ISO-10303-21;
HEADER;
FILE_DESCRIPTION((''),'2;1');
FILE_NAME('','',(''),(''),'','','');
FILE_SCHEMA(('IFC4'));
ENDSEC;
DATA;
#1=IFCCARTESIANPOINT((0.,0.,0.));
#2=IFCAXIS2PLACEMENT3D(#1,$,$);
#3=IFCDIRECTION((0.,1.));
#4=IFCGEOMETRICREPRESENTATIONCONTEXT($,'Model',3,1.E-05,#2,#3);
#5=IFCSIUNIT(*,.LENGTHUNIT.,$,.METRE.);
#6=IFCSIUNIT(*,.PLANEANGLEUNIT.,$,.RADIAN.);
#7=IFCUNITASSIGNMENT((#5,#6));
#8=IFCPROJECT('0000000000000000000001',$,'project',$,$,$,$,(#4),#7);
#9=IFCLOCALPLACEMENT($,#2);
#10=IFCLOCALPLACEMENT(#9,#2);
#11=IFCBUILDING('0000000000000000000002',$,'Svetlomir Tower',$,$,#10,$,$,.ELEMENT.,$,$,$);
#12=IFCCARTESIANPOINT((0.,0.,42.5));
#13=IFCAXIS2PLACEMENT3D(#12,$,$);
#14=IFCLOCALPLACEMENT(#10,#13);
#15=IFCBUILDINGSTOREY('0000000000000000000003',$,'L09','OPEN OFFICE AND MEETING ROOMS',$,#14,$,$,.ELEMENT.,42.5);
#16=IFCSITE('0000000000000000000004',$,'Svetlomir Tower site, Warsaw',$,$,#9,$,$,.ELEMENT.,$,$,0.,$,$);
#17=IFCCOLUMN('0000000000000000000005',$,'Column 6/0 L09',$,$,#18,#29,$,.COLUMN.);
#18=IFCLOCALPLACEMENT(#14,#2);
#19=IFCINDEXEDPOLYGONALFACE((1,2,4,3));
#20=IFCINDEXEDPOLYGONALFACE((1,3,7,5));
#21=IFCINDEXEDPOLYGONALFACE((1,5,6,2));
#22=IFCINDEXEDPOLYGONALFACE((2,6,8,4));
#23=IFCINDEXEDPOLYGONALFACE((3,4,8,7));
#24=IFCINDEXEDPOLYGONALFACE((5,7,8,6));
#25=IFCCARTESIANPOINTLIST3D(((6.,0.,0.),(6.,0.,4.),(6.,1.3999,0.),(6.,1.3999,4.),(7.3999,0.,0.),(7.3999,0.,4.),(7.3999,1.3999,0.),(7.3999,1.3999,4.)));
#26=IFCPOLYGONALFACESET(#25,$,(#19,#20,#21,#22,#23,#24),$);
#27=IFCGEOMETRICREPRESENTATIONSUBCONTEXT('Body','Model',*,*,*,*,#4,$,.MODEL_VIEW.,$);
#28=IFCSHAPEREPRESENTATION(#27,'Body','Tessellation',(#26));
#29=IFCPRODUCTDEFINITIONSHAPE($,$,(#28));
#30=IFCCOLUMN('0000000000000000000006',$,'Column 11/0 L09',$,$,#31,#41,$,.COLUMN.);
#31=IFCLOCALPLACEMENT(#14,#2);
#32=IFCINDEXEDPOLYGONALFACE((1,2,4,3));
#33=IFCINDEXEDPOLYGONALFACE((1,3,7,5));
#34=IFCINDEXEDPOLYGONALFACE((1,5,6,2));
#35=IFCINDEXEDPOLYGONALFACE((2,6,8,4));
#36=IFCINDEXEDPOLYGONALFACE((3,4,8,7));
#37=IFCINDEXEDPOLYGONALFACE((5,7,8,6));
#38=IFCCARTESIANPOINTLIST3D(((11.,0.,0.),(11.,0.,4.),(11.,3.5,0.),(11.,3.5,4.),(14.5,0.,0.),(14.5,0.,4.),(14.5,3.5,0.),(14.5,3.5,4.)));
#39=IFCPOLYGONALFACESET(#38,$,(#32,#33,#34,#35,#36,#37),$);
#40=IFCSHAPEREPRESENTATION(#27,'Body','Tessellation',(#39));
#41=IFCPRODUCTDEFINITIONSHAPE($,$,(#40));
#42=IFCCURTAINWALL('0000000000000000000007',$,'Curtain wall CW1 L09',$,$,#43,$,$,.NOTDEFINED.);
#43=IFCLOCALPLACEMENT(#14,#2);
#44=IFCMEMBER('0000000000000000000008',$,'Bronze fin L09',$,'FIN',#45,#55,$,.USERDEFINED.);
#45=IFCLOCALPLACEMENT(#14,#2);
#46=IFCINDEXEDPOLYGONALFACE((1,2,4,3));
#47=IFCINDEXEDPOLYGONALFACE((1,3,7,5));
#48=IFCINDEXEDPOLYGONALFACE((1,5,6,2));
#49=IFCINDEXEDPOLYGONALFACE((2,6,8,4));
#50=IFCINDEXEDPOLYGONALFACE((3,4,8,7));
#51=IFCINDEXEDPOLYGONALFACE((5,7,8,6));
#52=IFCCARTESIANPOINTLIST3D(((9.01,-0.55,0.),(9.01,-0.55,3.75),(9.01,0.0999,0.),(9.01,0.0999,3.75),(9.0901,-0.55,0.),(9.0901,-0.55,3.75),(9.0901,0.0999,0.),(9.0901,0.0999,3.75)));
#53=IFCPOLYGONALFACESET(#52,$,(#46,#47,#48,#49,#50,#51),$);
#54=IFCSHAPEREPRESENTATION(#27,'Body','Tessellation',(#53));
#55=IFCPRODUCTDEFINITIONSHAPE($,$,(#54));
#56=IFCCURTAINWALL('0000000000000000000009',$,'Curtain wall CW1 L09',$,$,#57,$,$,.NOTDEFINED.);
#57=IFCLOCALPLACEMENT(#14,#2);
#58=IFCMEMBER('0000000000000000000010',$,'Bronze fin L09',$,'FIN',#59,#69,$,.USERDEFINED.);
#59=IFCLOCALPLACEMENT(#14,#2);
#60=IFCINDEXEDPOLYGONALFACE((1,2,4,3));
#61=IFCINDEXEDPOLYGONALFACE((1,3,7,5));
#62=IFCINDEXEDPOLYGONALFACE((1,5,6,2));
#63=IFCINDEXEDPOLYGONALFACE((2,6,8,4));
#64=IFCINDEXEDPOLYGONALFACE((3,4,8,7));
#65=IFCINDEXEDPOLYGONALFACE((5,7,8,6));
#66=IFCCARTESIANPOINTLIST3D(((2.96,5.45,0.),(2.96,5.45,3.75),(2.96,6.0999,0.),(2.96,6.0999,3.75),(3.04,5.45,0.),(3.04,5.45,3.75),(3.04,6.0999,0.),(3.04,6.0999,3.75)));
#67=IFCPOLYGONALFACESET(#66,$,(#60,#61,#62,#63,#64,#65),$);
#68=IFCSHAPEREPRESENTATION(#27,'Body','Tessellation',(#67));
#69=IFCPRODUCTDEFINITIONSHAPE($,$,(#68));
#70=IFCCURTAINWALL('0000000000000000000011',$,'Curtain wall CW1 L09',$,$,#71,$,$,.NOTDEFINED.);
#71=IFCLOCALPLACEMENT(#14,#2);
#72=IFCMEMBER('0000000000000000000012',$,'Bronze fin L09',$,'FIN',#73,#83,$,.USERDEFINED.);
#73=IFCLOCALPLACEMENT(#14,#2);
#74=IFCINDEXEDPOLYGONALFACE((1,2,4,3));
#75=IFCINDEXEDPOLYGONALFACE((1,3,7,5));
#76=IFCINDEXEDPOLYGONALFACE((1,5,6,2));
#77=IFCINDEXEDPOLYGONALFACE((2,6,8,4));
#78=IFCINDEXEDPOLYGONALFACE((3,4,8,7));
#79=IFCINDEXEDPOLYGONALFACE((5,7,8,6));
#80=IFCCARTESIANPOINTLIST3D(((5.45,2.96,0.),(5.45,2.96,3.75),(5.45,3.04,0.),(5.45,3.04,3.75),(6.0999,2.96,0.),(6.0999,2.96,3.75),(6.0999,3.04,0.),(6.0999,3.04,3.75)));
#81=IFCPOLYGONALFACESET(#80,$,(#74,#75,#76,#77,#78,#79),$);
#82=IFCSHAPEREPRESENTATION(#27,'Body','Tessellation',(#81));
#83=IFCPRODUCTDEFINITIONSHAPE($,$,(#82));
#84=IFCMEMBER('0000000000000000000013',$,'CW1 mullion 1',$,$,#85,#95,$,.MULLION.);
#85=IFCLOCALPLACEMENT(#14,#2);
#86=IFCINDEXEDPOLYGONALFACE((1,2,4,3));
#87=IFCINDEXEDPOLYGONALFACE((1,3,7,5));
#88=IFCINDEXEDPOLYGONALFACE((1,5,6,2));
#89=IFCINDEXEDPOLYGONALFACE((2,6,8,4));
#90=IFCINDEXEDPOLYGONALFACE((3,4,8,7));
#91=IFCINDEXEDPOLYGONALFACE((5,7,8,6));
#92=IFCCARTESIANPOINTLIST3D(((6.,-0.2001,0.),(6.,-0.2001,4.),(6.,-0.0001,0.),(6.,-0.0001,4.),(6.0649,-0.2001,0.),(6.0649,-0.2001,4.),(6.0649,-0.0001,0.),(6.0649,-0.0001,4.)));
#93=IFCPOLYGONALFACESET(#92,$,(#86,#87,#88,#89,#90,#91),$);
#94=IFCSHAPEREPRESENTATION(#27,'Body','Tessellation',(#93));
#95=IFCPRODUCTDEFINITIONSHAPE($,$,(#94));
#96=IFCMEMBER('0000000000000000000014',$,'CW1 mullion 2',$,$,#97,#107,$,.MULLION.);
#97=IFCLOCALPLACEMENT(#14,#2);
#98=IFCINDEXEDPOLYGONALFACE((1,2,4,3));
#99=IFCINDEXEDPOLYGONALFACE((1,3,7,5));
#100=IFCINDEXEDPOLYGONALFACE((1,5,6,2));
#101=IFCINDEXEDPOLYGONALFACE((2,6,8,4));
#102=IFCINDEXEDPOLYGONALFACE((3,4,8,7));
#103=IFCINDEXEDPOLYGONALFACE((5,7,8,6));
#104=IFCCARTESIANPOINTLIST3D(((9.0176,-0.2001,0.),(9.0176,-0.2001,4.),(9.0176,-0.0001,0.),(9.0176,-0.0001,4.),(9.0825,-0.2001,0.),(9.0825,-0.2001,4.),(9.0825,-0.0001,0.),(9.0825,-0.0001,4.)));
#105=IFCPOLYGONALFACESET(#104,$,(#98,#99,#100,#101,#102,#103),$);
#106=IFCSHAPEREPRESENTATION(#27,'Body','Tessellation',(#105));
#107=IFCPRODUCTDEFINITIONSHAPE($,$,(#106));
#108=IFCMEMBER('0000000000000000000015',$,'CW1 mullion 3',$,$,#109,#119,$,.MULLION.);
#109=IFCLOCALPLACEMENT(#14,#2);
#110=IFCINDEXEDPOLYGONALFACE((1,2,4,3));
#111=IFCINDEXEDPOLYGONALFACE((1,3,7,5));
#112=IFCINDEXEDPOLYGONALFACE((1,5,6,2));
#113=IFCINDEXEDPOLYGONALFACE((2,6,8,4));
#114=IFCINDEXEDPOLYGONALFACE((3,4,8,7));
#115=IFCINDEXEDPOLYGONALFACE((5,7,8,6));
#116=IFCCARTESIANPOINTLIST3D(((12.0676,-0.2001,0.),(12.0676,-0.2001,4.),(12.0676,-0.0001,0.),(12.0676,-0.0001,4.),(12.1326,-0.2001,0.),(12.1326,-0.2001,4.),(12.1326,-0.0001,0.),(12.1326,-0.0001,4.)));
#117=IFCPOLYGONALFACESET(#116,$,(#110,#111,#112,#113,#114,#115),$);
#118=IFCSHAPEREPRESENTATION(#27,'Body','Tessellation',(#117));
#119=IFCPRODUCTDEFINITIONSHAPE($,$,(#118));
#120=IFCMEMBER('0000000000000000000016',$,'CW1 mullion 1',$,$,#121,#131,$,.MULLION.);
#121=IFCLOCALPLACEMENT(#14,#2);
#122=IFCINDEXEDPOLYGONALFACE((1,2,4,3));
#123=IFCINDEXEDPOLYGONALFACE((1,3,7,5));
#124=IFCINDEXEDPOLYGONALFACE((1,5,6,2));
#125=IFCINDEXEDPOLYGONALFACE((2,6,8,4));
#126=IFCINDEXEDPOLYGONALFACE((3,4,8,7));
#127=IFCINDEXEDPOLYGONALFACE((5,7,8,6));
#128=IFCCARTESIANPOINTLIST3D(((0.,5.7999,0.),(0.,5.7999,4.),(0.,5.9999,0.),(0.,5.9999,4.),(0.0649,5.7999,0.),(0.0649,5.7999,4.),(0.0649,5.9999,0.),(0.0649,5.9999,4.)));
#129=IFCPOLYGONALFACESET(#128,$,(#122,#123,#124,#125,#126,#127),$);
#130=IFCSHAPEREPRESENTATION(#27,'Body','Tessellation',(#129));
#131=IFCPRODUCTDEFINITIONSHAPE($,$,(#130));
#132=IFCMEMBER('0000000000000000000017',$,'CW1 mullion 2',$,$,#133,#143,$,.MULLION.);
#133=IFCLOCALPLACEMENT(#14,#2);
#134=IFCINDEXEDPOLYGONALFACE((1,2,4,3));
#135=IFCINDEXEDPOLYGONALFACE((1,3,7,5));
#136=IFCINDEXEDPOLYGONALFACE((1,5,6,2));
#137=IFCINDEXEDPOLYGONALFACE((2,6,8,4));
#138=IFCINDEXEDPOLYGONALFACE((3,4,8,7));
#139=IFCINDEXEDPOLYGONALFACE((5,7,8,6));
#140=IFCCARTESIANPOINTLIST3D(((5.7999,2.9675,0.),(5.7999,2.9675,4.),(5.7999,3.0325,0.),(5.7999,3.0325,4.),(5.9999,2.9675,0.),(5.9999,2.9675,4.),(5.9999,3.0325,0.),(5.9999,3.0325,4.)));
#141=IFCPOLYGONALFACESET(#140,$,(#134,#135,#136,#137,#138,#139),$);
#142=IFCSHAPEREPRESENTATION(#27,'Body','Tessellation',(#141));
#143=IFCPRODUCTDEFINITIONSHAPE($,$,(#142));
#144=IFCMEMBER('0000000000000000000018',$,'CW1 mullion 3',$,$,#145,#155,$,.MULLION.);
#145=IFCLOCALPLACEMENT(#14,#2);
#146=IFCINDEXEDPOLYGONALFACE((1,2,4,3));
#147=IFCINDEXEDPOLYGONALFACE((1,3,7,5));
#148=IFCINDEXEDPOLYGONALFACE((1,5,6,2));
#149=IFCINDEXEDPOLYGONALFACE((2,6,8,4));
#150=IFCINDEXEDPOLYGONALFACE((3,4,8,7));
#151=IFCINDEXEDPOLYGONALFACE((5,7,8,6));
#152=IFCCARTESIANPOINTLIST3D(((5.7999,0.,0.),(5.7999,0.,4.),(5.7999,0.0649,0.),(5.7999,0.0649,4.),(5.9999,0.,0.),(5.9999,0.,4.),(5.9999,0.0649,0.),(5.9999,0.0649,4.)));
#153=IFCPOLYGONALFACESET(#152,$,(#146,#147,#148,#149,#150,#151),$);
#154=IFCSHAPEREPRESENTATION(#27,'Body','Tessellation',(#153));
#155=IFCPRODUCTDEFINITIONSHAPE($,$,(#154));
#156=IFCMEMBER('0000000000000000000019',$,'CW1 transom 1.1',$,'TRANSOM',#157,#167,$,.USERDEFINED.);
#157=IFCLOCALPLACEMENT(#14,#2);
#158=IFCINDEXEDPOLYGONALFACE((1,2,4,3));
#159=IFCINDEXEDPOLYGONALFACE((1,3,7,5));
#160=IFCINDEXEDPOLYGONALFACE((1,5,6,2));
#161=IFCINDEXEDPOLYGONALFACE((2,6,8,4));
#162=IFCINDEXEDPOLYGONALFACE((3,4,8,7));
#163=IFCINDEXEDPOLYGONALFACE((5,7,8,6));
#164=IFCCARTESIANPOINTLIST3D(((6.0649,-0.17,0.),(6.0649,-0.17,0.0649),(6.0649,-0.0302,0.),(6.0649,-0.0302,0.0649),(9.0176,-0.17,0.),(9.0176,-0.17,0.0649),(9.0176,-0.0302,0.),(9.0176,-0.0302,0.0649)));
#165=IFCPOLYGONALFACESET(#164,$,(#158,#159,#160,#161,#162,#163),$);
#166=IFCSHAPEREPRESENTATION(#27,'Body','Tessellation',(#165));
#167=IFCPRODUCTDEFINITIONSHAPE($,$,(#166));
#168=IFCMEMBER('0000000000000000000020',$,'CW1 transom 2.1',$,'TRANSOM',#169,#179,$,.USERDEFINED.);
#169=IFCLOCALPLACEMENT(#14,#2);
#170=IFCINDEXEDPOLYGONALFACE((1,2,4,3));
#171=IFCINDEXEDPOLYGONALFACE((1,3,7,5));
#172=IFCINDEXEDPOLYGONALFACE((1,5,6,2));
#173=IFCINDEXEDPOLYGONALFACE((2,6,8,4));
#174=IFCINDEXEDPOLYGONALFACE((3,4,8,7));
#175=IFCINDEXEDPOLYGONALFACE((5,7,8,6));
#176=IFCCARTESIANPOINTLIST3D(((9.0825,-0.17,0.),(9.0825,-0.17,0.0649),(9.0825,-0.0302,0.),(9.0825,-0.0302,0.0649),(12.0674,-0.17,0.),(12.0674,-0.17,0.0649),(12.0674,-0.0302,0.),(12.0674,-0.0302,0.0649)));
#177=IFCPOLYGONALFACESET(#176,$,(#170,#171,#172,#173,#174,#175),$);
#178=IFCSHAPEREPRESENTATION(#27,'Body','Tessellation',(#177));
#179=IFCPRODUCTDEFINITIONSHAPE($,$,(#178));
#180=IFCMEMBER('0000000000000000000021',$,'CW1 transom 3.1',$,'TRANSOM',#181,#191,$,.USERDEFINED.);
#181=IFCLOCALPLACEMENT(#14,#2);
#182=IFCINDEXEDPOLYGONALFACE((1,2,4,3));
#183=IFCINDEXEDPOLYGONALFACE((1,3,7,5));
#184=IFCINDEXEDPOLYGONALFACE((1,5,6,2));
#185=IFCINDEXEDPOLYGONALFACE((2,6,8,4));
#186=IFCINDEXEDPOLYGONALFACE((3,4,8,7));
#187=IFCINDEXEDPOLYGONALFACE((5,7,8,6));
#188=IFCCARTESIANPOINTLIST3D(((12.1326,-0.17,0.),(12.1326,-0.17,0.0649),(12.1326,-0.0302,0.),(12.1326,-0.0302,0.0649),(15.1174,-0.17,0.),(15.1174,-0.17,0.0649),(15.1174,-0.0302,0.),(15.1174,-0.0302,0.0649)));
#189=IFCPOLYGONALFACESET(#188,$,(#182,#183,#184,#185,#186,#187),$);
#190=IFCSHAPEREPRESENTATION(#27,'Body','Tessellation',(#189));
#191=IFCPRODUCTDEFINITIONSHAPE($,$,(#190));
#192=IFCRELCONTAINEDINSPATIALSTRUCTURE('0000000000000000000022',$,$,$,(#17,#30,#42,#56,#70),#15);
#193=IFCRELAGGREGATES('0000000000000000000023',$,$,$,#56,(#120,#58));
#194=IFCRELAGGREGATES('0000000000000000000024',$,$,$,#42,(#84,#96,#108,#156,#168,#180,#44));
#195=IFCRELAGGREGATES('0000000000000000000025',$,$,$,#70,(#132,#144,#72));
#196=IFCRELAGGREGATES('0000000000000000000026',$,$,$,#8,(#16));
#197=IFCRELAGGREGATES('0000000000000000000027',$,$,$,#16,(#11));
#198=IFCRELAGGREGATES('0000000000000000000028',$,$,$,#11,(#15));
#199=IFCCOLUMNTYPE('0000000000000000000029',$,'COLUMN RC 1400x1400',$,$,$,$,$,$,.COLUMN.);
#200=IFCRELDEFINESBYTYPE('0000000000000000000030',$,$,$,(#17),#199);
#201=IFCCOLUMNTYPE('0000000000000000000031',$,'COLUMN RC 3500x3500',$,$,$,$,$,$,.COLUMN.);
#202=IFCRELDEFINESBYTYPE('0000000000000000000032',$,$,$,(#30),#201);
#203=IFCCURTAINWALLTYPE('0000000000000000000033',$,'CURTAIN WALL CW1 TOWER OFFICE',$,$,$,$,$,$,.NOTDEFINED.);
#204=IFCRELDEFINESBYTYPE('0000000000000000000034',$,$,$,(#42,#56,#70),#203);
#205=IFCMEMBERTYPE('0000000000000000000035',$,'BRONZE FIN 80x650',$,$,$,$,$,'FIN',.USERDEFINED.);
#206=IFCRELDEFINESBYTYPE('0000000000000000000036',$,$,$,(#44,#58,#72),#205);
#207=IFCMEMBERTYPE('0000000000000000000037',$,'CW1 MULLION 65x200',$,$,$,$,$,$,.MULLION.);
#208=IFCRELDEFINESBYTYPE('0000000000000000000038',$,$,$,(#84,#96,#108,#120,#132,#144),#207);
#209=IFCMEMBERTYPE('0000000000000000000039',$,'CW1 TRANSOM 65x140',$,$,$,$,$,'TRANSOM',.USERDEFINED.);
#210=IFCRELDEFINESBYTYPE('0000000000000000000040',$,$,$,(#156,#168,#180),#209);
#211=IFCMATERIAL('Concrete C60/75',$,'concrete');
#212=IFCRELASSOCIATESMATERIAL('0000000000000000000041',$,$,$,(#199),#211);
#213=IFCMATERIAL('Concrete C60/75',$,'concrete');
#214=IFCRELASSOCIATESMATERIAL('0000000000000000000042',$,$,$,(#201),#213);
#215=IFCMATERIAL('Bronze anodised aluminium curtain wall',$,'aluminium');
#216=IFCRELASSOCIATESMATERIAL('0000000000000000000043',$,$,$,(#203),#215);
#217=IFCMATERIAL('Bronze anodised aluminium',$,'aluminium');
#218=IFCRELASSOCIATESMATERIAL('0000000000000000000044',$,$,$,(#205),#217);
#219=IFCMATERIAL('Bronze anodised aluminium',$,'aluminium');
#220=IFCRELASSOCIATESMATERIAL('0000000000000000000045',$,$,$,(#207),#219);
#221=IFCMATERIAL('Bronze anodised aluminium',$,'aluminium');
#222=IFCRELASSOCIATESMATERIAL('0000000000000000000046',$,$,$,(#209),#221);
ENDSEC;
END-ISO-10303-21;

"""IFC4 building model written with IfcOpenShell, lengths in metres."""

from ifc_helpers import new_model, si_unit, direction, frame, origin, origin_2d, place, context, subcontext, project, spatial, rectangle, extrude, material, material_profile, profile_set, type_object, element, aggregate, save


model = new_model("IFC4")

# Units and contexts
model_context = context("Model", 3, precision=1e-05, world=origin(), true_north=direction((0.0, 1.0)))
body_context = subcontext(model_context, "Body", "Model", "MODEL_VIEW")
ifc_project = project(units=[si_unit("LENGTHUNIT", "METRE"), si_unit("PLANEANGLEUNIT", "RADIAN")], contexts=[model_context])

# Site, building, storey
site_placement = place(None, origin())
site = spatial("IfcSite", under=ifc_project, at=site_placement, Name="Svetlomir Tower site, Warsaw", CompositionType="ELEMENT", RefElevation=0.0)
building_placement = place(site_placement, origin())
building = spatial("IfcBuilding", under=site, at=building_placement, Name="Svetlomir Tower", CompositionType="ELEMENT")
storey_placement = place(building_placement, frame((0.0, 0.0, 42.5)))
storey = spatial("IfcBuildingStorey", under=building, at=storey_placement, Name="L09", Description="OPEN OFFICE AND MEETING ROOMS", CompositionType="ELEMENT", Elevation=42.5)

# Columns
ifc_material_1 = material(Name="Concrete C60/75", Category="concrete")
ifc_material_profile_1 = material_profile(ifc_material_1, rectangle(XDim=1.3999, YDim=1.3999, at=origin_2d()), Name="RC 1400x1400")
ifc_profile_set_1 = profile_set([ifc_material_profile_1], Name="Concrete C60/75")
column_type_1 = type_object("IfcColumnType", Name="COLUMN RC 1400x1400", PredefinedType="COLUMN", material=ifc_profile_set_1)
column_1_placement = place(storey_placement, frame((6.7, 0.7, 0.0), z_axis=(0.0, 0.0, 1.0), x_axis=(1.0, 0.0, 0.0)))
element("IfcColumn", 1, at=column_1_placement, inside=storey, type_object=column_type_1, Name="Column 6/0 L09", PredefinedType="COLUMN", context=body_context, shape_type="SweptSolid", body=[
    extrude(rectangle(XDim=1.3999, YDim=1.3999, at=origin_2d()), origin(), (0.0, 0.0, 1.0), 4.0),
])
ifc_material_2 = material(Name="Concrete C60/75", Category="concrete")
ifc_material_profile_2 = material_profile(ifc_material_2, rectangle(XDim=3.5, YDim=3.5, at=origin_2d()), Name="RC 3500x3500")
ifc_profile_set_2 = profile_set([ifc_material_profile_2], Name="Concrete C60/75")
column_type_2 = type_object("IfcColumnType", Name="COLUMN RC 3500x3500", PredefinedType="COLUMN", material=ifc_profile_set_2)
column_2_placement = place(storey_placement, frame((12.75, 1.75, 0.0), z_axis=(0.0, 0.0, 1.0), x_axis=(1.0, 0.0, 0.0)))
element("IfcColumn", 2, at=column_2_placement, inside=storey, type_object=column_type_2, Name="Column 11/0 L09", PredefinedType="COLUMN", context=body_context, shape_type="SweptSolid", body=[
    extrude(rectangle(XDim=3.5, YDim=3.5, at=origin_2d()), origin(), (0.0, 0.0, 1.0), 4.0),
])

# Curtain walls, members
ifc_material_3 = material(Name="Bronze anodised aluminium curtain wall", Category="aluminium")
curtain_wall_type = type_object("IfcCurtainWallType", Name="CURTAIN WALL CW1 TOWER OFFICE", PredefinedType="NOTDEFINED", material=ifc_material_3)
curtain_wall_1_placement = place(storey_placement, origin())
curtain_wall_1 = element("IfcCurtainWall", 3, at=curtain_wall_1_placement, inside=storey, type_object=curtain_wall_type, Name="Curtain wall CW1 L09", PredefinedType="NOTDEFINED")
ifc_material_4 = material(Name="Bronze anodised aluminium", Category="aluminium")
ifc_material_profile_3 = material_profile(ifc_material_4, rectangle(XDim=0.0801, YDim=0.6499, at=origin_2d()), Name="FIN 80x650")
ifc_profile_set_3 = profile_set([ifc_material_profile_3], Name="Bronze anodised aluminium 6063-T6")
member_type_1 = type_object("IfcMemberType", Name="BRONZE FIN 80x650", ElementType="FIN", PredefinedType="USERDEFINED", material=ifc_profile_set_3)
member_1_placement = place(storey_placement, frame((9.05, -0.2251, 0.0), z_axis=(0.0, 0.0, 1.0), x_axis=(1.0, 0.0, 0.0)))
member_1 = element("IfcMember", 4, at=member_1_placement, type_object=member_type_1, Name="Bronze fin L09", ObjectType="FIN", PredefinedType="USERDEFINED", context=body_context, shape_type="SweptSolid", body=[
    extrude(rectangle(XDim=0.0801, YDim=0.6499, at=origin_2d()), origin(), (0.0, 0.0, 1.0), 3.75),
])
curtain_wall_2_placement = place(storey_placement, origin())
curtain_wall_2 = element("IfcCurtainWall", 5, at=curtain_wall_2_placement, inside=storey, type_object=curtain_wall_type, Name="Curtain wall CW1 L09", PredefinedType="NOTDEFINED")
member_2_placement = place(storey_placement, frame((3.0, 5.7749, 0.0), z_axis=(0.0, 0.0, 1.0), x_axis=(1.0, 0.0, 0.0)))
member_2 = element("IfcMember", 6, at=member_2_placement, type_object=member_type_1, Name="Bronze fin L09", ObjectType="FIN", PredefinedType="USERDEFINED", context=body_context, shape_type="SweptSolid", body=[
    extrude(rectangle(XDim=0.0801, YDim=0.6499, at=origin_2d()), origin(), (0.0, 0.0, 1.0), 3.75),
])
curtain_wall_3_placement = place(storey_placement, origin())
curtain_wall_3 = element("IfcCurtainWall", 7, at=curtain_wall_3_placement, inside=storey, type_object=curtain_wall_type, Name="Curtain wall CW1 L09", PredefinedType="NOTDEFINED")
member_3_placement = place(storey_placement, frame((5.7749, 3.0, 0.0), z_axis=(0.0, 0.0, 1.0), x_axis=(0.0, 1.0, 0.0)))
member_3 = element("IfcMember", 8, at=member_3_placement, type_object=member_type_1, Name="Bronze fin L09", ObjectType="FIN", PredefinedType="USERDEFINED", context=body_context, shape_type="SweptSolid", body=[
    extrude(rectangle(XDim=0.0801, YDim=0.6499, at=origin_2d()), origin(), (0.0, 0.0, 1.0), 3.75),
])

# Members
ifc_material_5 = material(Name="Bronze anodised aluminium", Category="aluminium")
ifc_material_profile_4 = material_profile(ifc_material_5, rectangle(XDim=0.0649, YDim=0.2, at=origin_2d()), Name="AL 65x200")
ifc_profile_set_4 = profile_set([ifc_material_profile_4], Name="Bronze anodised aluminium 6063-T6")
member_type_2 = type_object("IfcMemberType", Name="CW1 MULLION 65x200", PredefinedType="MULLION", material=ifc_profile_set_4)
member_4_placement = place(storey_placement, frame((6.0325, -0.1001, 0.0), z_axis=(0.0, 0.0, 1.0), x_axis=(1.0, 0.0, 0.0)))
member_4 = element("IfcMember", 9, at=member_4_placement, type_object=member_type_2, Name="CW1 mullion 1", PredefinedType="MULLION", context=body_context, shape_type="SweptSolid", body=[
    extrude(rectangle(XDim=0.0649, YDim=0.2, at=origin_2d()), origin(), (0.0, 0.0, 1.0), 4.0),
])
member_5_placement = place(storey_placement, frame((9.05, -0.1001, 0.0), z_axis=(0.0, 0.0, 1.0), x_axis=(1.0, 0.0, 0.0)))
member_5 = element("IfcMember", 10, at=member_5_placement, type_object=member_type_2, Name="CW1 mullion 2", PredefinedType="MULLION", context=body_context, shape_type="SweptSolid", body=[
    extrude(rectangle(XDim=0.0649, YDim=0.2, at=origin_2d()), origin(), (0.0, 0.0, 1.0), 4.0),
])
member_6_placement = place(storey_placement, frame((12.1001, -0.1001, 0.0), z_axis=(0.0, 0.0, 1.0), x_axis=(1.0, 0.0, 0.0)))
member_6 = element("IfcMember", 11, at=member_6_placement, type_object=member_type_2, Name="CW1 mullion 3", PredefinedType="MULLION", context=body_context, shape_type="SweptSolid", body=[
    extrude(rectangle(XDim=0.0649, YDim=0.2, at=origin_2d()), origin(), (0.0, 0.0, 1.0), 4.0),
])
member_7_placement = place(storey_placement, frame((0.0325, 5.8999, 0.0), z_axis=(0.0, 0.0, 1.0), x_axis=(1.0, 0.0, 0.0)))
member_7 = element("IfcMember", 12, at=member_7_placement, type_object=member_type_2, Name="CW1 mullion 1", PredefinedType="MULLION", context=body_context, shape_type="SweptSolid", body=[
    extrude(rectangle(XDim=0.0649, YDim=0.2, at=origin_2d()), origin(), (0.0, 0.0, 1.0), 4.0),
])
aggregate(curtain_wall_2, [member_7, member_2])
member_8_placement = place(storey_placement, frame((5.8999, 3.0, 0.0), z_axis=(0.0, 0.0, 1.0), x_axis=(0.0, -1.0, 0.0)))
member_8 = element("IfcMember", 13, at=member_8_placement, type_object=member_type_2, Name="CW1 mullion 2", PredefinedType="MULLION", context=body_context, shape_type="SweptSolid", body=[
    extrude(rectangle(XDim=0.0649, YDim=0.2, at=origin_2d()), origin(), (0.0, 0.0, 1.0), 4.0),
])
member_9_placement = place(storey_placement, frame((5.8999, 0.0325, 0.0), z_axis=(0.0, 0.0, 1.0), x_axis=(0.0, -1.0, 0.0)))
member_9 = element("IfcMember", 14, at=member_9_placement, type_object=member_type_2, Name="CW1 mullion 3", PredefinedType="MULLION", context=body_context, shape_type="SweptSolid", body=[
    extrude(rectangle(XDim=0.0649, YDim=0.2, at=origin_2d()), origin(), (0.0, 0.0, 1.0), 4.0),
])
ifc_material_6 = material(Name="Bronze anodised aluminium", Category="aluminium")
ifc_material_profile_5 = material_profile(ifc_material_6, rectangle(XDim=0.1399, YDim=0.0649, at=origin_2d()), Name="AL 140x65")
ifc_profile_set_5 = profile_set([ifc_material_profile_5], Name="Bronze anodised aluminium 6063-T6")
member_type_3 = type_object("IfcMemberType", Name="CW1 TRANSOM 65x140", ElementType="TRANSOM", PredefinedType="USERDEFINED", material=ifc_profile_set_5)
member_10_placement = place(storey_placement, frame((6.0649, -0.1001, 0.0325), z_axis=(1.0, 0.0, 0.0), x_axis=(0.0, 1.0, 0.0)))
member_10 = element("IfcMember", 15, at=member_10_placement, type_object=member_type_3, Name="CW1 transom 1.1", ObjectType="TRANSOM", PredefinedType="USERDEFINED", context=body_context, shape_type="SweptSolid", body=[
    extrude(rectangle(XDim=0.1399, YDim=0.0649, at=origin_2d()), origin(), (0.0, 0.0, 1.0), 2.9526),
])
member_11_placement = place(storey_placement, frame((9.0825, -0.1001, 0.0325), z_axis=(1.0, 0.0, 0.0), x_axis=(0.0, 1.0, 0.0)))
member_11 = element("IfcMember", 16, at=member_11_placement, type_object=member_type_3, Name="CW1 transom 2.1", ObjectType="TRANSOM", PredefinedType="USERDEFINED", context=body_context, shape_type="SweptSolid", body=[
    extrude(rectangle(XDim=0.1399, YDim=0.0649, at=origin_2d()), origin(), (0.0, 0.0, 1.0), 2.9849),
])
member_12_placement = place(storey_placement, frame((12.1326, -0.1001, 0.0325), z_axis=(1.0, 0.0, 0.0), x_axis=(0.0, 1.0, 0.0)))
member_12 = element("IfcMember", 17, at=member_12_placement, type_object=member_type_3, Name="CW1 transom 3.1", ObjectType="TRANSOM", PredefinedType="USERDEFINED", context=body_context, shape_type="SweptSolid", body=[
    extrude(rectangle(XDim=0.1399, YDim=0.0649, at=origin_2d()), origin(), (0.0, 0.0, 1.0), 2.9849),
])

aggregate(curtain_wall_1, [member_4, member_5, member_6, member_10, member_11, member_12, member_1])
aggregate(curtain_wall_3, [member_8, member_9, member_3])

save(model, "model.ifc")
